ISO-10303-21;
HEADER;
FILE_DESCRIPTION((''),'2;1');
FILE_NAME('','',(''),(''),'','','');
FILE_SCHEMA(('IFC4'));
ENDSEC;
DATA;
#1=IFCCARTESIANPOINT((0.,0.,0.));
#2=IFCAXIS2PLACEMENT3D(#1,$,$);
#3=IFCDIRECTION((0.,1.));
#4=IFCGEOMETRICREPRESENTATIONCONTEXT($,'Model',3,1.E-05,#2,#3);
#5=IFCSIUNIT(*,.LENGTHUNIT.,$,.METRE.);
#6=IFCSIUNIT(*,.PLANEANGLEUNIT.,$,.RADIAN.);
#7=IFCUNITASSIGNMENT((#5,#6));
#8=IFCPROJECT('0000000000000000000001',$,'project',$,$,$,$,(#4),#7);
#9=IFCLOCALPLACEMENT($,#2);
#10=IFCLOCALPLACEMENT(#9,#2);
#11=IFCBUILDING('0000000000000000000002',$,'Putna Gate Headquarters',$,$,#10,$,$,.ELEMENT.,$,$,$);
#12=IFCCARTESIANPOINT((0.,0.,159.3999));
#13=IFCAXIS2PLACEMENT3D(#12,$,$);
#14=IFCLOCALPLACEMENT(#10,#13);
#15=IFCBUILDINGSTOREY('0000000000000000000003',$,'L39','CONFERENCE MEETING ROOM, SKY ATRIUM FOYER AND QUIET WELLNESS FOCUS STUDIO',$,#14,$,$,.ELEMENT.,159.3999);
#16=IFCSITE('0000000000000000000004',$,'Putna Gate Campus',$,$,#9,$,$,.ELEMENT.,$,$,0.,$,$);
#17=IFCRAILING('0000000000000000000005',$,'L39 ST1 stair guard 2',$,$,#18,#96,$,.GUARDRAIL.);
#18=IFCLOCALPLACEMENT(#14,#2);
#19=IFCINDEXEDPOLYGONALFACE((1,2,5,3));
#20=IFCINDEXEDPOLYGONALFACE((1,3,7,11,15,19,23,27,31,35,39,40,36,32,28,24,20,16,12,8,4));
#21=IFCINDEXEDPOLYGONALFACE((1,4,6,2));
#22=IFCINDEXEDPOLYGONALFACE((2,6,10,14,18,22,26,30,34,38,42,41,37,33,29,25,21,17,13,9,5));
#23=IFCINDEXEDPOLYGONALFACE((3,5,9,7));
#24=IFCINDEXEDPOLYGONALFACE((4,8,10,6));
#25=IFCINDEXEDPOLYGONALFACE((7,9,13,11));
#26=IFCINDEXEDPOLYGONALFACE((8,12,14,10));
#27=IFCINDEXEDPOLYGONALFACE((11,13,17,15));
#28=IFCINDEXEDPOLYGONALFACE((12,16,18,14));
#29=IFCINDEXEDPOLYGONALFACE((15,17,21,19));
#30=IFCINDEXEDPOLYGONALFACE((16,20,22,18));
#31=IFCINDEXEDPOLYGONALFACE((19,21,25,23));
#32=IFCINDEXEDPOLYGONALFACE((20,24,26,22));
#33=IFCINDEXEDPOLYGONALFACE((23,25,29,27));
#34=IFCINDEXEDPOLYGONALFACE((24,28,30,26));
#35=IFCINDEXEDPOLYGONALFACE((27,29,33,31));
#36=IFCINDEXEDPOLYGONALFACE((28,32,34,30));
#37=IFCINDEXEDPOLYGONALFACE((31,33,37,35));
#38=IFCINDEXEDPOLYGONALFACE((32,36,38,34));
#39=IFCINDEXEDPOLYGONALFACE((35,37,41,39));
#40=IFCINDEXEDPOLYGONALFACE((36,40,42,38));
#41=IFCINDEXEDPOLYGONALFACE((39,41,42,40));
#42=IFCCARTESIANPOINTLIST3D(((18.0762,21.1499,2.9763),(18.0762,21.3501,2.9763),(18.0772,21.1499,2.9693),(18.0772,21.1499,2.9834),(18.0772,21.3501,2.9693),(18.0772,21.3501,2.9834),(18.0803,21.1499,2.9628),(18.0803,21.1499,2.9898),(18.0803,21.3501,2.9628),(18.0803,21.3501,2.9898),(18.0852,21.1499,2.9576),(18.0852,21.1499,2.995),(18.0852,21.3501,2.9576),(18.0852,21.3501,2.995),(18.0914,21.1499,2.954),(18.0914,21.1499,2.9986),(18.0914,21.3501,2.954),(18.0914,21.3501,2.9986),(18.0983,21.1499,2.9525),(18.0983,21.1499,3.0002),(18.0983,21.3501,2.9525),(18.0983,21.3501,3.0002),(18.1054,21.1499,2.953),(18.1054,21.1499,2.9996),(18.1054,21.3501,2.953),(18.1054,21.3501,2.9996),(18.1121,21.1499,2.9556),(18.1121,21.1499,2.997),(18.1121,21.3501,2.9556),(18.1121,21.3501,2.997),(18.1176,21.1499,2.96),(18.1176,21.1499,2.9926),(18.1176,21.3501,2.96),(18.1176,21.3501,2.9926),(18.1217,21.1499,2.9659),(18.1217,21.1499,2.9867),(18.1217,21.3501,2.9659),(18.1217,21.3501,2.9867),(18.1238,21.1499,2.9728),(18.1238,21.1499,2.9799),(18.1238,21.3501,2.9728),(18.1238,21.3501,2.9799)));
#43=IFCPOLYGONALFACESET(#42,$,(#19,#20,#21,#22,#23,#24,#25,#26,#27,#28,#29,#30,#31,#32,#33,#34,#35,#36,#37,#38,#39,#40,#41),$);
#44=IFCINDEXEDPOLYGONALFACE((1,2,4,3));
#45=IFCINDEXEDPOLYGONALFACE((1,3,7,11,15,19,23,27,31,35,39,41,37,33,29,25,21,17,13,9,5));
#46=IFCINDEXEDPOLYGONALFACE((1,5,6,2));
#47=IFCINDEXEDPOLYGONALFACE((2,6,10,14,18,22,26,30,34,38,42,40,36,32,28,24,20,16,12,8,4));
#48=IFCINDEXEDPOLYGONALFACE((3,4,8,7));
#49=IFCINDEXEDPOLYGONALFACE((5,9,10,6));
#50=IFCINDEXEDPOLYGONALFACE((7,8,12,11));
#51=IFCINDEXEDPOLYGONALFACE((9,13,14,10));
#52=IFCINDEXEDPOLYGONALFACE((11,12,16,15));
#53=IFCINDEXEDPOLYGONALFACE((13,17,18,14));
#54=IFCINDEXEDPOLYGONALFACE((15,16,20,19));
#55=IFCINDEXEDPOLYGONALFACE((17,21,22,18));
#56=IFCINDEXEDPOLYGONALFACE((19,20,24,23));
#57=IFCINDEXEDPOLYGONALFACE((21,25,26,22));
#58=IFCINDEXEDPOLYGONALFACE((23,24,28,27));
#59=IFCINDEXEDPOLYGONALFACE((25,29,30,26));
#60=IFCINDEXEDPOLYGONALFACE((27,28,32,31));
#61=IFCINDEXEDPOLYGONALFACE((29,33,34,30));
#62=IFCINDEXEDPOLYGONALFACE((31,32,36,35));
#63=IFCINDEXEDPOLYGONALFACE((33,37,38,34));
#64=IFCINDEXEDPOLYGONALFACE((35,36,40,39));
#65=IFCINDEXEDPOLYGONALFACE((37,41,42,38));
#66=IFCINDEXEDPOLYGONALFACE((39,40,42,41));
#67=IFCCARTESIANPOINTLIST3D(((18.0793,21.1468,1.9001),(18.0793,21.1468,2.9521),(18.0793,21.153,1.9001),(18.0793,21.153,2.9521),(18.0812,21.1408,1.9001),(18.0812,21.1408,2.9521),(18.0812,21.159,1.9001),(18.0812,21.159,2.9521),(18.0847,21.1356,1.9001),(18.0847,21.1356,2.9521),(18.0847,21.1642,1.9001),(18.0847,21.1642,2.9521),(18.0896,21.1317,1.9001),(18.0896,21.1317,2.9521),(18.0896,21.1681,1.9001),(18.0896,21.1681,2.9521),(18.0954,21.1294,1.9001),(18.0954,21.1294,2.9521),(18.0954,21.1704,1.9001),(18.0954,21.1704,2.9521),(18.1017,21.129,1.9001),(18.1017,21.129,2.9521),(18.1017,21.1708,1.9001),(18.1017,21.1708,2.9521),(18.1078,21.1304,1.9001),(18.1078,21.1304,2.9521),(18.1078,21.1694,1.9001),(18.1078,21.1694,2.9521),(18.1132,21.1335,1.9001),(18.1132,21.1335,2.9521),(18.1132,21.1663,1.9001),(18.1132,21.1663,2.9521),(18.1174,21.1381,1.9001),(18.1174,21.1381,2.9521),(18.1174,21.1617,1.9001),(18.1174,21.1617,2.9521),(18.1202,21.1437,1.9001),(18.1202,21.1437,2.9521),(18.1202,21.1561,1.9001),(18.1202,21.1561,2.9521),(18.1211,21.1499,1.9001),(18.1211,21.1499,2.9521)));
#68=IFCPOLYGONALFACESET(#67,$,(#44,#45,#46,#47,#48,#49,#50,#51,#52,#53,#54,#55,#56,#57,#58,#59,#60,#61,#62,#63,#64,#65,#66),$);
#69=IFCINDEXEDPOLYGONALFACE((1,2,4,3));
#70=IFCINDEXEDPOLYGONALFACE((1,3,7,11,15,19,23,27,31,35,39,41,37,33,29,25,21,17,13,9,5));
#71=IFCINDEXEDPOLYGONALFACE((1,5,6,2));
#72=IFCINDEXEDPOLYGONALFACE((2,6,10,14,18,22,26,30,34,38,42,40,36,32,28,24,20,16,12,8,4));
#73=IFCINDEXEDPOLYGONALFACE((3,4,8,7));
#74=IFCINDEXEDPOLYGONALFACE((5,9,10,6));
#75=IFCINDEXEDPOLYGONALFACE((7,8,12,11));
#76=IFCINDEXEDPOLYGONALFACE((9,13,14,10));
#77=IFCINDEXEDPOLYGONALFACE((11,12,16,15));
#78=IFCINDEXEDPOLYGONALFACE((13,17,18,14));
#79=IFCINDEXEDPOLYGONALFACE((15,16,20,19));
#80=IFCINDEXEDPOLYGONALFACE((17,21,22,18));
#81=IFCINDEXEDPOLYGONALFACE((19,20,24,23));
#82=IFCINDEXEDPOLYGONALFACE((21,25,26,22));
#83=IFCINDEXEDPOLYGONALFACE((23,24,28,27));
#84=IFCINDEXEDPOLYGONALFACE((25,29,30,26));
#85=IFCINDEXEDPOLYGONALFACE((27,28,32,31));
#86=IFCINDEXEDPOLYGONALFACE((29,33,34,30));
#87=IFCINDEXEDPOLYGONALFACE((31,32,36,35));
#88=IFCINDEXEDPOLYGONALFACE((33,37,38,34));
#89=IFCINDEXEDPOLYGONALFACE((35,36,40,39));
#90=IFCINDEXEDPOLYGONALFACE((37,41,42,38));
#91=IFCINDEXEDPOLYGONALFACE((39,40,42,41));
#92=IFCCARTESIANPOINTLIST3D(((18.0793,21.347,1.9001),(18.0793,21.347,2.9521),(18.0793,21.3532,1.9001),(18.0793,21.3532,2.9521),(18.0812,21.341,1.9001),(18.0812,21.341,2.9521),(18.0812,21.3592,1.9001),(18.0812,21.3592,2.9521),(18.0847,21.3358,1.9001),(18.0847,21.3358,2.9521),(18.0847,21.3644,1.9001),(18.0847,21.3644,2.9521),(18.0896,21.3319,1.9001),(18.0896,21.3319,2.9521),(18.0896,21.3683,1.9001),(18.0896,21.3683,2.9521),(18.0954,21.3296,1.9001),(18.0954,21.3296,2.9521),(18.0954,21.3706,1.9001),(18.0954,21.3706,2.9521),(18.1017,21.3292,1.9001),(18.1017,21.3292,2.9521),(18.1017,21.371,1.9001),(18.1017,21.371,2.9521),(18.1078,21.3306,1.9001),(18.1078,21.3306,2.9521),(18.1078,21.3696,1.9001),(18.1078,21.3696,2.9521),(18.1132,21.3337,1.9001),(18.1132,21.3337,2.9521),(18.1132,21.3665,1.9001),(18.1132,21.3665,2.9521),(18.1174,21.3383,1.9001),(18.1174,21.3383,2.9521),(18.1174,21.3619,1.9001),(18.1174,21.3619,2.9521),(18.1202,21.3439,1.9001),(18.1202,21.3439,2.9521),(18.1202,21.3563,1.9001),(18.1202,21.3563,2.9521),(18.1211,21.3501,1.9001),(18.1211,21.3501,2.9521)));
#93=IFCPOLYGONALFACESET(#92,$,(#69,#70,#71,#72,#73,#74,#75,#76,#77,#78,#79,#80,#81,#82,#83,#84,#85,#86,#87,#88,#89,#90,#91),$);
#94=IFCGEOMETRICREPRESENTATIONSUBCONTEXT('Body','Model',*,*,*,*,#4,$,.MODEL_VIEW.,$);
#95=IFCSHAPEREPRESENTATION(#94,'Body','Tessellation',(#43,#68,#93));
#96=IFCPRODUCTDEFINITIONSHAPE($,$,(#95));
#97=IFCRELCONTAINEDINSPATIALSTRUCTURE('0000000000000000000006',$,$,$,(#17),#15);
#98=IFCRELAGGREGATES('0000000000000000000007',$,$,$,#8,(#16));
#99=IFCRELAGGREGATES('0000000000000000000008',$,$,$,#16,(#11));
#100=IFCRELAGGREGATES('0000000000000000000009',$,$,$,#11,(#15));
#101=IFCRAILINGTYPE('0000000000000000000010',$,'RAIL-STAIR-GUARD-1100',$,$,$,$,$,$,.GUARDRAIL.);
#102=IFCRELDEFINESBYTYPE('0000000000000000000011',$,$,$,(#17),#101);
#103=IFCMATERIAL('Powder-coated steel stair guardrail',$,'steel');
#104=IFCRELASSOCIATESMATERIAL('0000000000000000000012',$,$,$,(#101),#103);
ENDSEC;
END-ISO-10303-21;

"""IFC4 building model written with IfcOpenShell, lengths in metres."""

from ifc_helpers import new_model, si_unit, direction, frame, origin, origin_2d, place, context, subcontext, project, spatial, circle, extrude, material, type_object, element, save


model = new_model("IFC4")

# Units and contexts
model_context = context("Model", 3, precision=1e-05, world=origin(), true_north=direction((0.0, 1.0)))
body_context = subcontext(model_context, "Body", "Model", "MODEL_VIEW")
ifc_project = project(units=[si_unit("LENGTHUNIT", "METRE"), si_unit("PLANEANGLEUNIT", "RADIAN")], contexts=[model_context])

# Site, building, storey
site_placement = place(None, origin())
site = spatial("IfcSite", under=ifc_project, at=site_placement, Name="Putna Gate Campus", CompositionType="ELEMENT", RefElevation=0.0)
building_placement = place(site_placement, origin())
building = spatial("IfcBuilding", under=site, at=building_placement, Name="Putna Gate Headquarters", CompositionType="ELEMENT")
storey_placement = place(building_placement, frame((0.0, 0.0, 159.3999)))
storey = spatial("IfcBuildingStorey", under=building, at=storey_placement, Name="L39", Description="CONFERENCE MEETING ROOM, SKY ATRIUM FOYER AND QUIET WELLNESS FOCUS STUDIO", CompositionType="ELEMENT", Elevation=159.3999)

# Railing
ifc_material_1 = material(Name="Powder-coated steel stair guardrail", Category="steel")
railing_type_1 = type_object("IfcRailingType", Name="RAIL-STAIR-GUARD-1100", PredefinedType="GUARDRAIL", material=ifc_material_1)
railing_1_placement = place(storey_placement, frame((18.1001, 21.1499, 1.9001)))
element("IfcRailing", 1, at=railing_1_placement, inside=storey, type_object=railing_type_1, Name="L39 ST1 stair guard 2", PredefinedType="GUARDRAIL", context=body_context, shape_type="SweptSolid", body=[
    extrude(circle(Radius=0.0239, at=origin_2d()), frame((0.0, 0.0, 1.0762), z_axis=(0.0, 1.0, 0.0), x_axis=(-1.0, 0.0, 0.0)), (0.0, 0.0, 1.0), 0.2002),
    extrude(circle(Radius=0.021, at=origin_2d()), origin(), (0.0, 0.0, 1.0), 1.052),
    extrude(circle(Radius=0.021, at=origin_2d()), frame((0.0, 0.2002, 0.0)), (0.0, 0.0, 1.0), 1.052),
])

save(model, "model.ifc")
